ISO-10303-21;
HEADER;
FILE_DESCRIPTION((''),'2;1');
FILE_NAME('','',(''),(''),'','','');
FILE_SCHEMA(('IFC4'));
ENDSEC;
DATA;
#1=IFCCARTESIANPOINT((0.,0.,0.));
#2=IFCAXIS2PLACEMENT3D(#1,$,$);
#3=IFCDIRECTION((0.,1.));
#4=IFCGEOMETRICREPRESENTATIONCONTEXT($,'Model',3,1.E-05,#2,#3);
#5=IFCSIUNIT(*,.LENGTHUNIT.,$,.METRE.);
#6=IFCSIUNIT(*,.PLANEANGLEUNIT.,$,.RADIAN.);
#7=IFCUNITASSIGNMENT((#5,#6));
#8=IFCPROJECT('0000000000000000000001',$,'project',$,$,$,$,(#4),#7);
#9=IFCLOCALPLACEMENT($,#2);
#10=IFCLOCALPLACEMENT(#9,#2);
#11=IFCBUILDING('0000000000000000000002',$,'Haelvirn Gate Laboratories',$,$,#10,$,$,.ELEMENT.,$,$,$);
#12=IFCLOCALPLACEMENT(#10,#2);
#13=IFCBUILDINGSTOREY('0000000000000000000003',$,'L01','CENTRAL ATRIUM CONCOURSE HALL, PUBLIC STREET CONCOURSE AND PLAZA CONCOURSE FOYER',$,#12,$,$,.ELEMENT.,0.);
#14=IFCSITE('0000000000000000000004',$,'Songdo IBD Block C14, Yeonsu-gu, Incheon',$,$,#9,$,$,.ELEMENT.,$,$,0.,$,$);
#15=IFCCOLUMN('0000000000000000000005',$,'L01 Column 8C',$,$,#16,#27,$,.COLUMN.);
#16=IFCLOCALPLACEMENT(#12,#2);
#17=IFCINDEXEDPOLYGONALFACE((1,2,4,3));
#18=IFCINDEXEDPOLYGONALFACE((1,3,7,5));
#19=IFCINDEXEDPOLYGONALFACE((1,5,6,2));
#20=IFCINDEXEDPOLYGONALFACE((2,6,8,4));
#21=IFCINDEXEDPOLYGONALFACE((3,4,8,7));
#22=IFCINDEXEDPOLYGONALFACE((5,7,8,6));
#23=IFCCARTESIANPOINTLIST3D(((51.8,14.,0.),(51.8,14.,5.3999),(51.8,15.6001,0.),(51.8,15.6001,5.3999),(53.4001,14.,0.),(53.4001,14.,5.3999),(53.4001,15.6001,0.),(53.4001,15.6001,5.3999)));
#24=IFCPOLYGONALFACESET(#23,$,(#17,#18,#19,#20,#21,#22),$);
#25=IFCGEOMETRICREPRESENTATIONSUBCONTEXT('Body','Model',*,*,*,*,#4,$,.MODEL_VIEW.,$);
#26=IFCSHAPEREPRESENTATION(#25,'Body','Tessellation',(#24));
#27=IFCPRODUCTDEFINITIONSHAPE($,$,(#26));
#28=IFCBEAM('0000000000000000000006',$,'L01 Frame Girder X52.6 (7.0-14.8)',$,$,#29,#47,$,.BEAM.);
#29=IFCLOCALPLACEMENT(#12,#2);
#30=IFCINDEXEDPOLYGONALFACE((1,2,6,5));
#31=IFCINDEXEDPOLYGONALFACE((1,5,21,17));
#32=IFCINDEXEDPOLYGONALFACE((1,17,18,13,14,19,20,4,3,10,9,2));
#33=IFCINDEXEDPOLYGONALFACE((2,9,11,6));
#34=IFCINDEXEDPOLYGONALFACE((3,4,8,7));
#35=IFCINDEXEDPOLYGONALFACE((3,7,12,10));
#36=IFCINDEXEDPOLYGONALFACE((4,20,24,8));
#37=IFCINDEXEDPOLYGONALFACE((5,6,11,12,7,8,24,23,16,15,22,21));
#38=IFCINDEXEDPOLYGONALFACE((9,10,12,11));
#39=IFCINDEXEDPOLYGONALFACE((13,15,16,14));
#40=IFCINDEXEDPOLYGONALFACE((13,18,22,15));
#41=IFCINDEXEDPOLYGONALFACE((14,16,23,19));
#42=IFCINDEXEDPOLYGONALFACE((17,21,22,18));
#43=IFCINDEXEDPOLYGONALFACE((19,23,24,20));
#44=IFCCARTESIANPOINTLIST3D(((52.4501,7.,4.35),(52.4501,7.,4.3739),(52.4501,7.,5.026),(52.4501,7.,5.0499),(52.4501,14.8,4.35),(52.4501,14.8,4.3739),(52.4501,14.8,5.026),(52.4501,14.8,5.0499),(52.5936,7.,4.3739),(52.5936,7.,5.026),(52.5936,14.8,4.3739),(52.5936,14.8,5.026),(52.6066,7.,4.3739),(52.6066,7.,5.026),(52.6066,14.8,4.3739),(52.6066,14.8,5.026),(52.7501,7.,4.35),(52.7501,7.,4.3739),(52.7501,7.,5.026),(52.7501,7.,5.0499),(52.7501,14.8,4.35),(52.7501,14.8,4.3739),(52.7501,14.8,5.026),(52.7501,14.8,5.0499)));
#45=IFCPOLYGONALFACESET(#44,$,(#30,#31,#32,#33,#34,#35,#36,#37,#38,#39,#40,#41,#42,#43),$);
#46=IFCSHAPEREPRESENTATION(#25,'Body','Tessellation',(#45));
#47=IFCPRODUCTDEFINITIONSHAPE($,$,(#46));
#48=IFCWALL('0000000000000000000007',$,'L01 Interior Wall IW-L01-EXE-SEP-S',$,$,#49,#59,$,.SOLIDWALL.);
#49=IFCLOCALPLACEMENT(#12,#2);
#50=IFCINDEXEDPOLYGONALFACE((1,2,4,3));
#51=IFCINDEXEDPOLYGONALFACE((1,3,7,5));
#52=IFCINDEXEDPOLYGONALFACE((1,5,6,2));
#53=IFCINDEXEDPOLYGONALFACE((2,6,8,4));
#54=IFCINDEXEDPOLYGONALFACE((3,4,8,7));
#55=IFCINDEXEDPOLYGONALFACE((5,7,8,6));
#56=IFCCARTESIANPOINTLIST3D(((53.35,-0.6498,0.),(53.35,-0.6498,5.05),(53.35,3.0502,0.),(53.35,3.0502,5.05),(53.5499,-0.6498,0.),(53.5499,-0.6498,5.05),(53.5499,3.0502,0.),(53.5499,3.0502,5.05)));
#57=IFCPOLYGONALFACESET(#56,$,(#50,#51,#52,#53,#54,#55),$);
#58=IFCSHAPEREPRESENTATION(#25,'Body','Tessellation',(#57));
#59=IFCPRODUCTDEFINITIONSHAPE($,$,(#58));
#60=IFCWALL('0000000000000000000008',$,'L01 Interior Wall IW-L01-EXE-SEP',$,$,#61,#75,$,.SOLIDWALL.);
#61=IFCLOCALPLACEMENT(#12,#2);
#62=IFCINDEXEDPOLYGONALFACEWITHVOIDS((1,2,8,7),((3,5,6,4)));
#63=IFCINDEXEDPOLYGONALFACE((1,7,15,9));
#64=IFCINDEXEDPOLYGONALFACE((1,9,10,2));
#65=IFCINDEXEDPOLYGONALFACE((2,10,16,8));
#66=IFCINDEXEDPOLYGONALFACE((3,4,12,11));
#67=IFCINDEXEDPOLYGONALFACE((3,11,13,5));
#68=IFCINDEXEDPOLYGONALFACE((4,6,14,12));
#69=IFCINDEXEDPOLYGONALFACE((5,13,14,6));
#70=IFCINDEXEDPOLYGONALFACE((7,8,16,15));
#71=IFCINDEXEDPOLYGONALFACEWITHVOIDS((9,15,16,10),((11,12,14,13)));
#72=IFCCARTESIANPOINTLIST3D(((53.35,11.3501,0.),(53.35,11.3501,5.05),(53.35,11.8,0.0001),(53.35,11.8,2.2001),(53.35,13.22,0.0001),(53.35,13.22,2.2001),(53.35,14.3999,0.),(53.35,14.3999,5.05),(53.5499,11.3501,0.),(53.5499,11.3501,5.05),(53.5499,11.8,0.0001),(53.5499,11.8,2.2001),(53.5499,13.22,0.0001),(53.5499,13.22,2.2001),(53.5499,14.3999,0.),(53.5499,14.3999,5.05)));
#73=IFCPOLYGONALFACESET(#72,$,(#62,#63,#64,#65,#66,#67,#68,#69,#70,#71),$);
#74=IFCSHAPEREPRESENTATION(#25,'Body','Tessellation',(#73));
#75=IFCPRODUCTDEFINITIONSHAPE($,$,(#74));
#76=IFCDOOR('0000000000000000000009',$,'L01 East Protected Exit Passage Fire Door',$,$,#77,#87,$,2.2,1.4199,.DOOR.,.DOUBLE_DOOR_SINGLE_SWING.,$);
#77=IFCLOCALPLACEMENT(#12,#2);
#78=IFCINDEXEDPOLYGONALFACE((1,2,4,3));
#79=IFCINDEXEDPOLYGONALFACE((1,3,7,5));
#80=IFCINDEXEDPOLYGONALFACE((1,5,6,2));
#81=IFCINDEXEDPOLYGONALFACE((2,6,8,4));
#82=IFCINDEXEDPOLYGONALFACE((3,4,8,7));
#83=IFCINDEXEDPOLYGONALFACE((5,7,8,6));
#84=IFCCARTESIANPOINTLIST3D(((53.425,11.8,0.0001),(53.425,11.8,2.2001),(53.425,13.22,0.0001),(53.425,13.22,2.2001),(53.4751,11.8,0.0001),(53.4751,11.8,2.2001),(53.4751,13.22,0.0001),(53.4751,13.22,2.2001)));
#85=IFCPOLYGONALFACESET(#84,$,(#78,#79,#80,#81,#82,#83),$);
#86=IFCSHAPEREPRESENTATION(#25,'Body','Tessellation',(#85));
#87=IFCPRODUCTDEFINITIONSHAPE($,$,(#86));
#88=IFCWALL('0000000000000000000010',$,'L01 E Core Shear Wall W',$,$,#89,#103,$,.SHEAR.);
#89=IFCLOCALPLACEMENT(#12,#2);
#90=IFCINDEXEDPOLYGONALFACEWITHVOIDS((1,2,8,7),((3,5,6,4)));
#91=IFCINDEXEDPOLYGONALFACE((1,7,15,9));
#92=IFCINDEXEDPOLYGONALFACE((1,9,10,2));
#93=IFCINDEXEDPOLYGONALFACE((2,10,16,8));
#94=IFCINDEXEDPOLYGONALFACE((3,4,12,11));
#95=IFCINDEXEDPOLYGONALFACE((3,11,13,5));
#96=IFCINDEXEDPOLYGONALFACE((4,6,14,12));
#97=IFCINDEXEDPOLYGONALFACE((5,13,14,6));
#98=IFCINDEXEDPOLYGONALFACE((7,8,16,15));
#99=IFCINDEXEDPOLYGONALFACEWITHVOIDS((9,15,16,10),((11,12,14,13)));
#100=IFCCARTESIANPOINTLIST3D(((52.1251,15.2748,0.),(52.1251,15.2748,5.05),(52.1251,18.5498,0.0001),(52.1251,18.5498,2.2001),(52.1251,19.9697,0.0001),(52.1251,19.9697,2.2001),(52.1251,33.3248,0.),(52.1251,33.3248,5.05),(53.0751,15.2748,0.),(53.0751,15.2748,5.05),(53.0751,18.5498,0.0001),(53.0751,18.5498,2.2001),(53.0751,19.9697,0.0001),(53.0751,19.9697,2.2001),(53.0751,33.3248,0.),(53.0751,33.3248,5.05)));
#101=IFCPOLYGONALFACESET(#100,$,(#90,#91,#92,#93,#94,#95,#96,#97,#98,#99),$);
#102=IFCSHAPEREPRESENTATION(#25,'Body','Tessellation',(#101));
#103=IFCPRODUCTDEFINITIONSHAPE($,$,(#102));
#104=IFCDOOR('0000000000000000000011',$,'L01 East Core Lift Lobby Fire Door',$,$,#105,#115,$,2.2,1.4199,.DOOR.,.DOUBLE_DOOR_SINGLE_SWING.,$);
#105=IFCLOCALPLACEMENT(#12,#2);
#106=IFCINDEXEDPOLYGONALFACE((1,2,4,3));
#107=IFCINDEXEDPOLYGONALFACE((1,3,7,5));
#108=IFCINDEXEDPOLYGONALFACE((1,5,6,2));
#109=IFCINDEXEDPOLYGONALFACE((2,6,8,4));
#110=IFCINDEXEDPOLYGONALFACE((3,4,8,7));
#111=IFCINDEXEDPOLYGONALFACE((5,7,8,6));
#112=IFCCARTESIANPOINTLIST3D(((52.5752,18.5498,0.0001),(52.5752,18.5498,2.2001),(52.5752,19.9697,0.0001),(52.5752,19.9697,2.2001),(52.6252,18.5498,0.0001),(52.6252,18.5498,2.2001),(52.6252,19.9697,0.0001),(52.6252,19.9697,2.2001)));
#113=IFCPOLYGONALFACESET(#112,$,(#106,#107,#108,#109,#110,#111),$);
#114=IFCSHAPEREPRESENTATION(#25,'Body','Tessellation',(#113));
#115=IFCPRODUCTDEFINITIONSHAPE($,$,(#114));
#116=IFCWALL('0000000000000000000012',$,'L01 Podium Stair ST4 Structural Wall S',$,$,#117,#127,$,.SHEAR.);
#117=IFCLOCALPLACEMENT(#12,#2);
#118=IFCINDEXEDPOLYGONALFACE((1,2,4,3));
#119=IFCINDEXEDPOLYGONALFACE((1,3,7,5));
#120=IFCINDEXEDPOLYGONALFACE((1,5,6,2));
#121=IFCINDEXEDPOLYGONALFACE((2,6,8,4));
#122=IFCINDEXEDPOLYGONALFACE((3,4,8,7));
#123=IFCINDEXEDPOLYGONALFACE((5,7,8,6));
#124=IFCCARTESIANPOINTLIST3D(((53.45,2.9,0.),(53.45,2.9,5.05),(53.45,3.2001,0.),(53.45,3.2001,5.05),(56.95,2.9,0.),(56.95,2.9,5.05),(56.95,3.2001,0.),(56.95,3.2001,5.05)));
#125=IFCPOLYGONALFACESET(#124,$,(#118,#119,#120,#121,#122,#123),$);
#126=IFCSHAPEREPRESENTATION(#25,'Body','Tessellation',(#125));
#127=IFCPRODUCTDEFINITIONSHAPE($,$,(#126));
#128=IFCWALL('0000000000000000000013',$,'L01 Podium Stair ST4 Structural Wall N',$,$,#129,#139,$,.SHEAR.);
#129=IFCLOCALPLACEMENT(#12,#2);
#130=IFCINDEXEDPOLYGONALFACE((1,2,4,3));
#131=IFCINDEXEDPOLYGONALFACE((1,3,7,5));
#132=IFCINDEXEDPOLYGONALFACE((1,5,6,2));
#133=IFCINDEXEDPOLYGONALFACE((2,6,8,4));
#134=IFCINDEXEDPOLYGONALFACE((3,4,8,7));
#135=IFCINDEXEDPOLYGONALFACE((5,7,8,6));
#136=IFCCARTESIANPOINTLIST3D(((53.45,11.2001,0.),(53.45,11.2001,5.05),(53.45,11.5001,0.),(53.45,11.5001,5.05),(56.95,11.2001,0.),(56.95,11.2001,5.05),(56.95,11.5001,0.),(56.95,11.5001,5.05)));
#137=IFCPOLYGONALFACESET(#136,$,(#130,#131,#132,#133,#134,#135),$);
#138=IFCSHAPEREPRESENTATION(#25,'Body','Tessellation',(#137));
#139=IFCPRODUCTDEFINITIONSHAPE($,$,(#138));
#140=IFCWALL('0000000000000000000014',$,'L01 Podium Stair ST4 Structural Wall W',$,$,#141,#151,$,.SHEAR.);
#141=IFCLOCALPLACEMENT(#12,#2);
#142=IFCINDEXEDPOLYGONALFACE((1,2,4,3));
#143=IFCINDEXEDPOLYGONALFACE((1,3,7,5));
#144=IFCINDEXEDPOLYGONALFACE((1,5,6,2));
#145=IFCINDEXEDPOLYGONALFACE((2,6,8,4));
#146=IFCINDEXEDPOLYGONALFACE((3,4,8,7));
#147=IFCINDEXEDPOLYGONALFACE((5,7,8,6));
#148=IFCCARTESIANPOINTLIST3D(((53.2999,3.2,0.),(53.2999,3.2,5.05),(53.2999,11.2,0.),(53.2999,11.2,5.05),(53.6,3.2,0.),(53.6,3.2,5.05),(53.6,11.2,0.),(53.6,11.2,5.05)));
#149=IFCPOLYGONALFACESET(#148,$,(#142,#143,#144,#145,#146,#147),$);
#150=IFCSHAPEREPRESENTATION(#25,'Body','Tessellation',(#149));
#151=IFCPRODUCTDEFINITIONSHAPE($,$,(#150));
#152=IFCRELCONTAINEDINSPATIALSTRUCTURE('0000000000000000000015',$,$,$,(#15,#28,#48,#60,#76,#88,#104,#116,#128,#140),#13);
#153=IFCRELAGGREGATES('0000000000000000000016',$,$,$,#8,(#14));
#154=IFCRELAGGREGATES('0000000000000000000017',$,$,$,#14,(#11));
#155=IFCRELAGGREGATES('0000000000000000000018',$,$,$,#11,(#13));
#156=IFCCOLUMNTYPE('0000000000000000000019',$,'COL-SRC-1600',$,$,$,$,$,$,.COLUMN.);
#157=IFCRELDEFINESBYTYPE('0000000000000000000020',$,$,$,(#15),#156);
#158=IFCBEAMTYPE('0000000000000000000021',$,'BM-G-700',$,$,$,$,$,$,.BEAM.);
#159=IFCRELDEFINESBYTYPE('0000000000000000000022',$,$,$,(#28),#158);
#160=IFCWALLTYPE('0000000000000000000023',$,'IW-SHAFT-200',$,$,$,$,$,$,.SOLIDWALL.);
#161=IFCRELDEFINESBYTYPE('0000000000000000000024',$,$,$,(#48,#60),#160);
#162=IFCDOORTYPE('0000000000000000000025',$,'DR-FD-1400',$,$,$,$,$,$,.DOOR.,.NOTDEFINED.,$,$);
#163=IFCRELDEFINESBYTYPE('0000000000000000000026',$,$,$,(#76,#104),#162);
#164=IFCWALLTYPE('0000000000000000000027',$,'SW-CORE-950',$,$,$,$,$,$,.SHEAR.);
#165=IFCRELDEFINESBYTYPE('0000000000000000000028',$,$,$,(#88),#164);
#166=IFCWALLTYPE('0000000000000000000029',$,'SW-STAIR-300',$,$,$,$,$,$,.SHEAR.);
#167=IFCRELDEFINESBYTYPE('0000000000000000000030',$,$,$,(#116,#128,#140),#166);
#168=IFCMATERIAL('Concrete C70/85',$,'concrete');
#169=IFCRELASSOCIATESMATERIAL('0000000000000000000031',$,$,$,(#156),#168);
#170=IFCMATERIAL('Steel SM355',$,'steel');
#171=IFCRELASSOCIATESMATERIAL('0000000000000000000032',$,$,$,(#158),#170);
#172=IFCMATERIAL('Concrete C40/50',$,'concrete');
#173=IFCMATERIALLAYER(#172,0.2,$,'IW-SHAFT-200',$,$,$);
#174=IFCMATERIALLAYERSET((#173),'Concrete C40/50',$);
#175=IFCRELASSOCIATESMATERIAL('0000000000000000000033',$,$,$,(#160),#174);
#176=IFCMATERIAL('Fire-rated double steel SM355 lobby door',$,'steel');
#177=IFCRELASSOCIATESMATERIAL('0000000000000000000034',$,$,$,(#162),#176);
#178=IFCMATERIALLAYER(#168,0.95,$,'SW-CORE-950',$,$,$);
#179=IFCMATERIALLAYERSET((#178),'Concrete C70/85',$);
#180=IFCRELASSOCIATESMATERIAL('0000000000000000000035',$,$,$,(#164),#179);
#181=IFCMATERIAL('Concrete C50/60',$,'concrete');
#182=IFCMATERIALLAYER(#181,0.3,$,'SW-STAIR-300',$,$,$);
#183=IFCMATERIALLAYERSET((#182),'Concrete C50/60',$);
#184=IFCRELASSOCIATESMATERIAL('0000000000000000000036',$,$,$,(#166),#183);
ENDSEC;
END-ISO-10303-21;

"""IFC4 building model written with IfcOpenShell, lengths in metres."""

from ifc_helpers import new_model, si_unit, direction, frame, frame_2d, origin, origin_2d, place, context, subcontext, project, spatial, rectangle, i_section, extrude, source, transform, mapped, material, layer, layer_set, material_profile, profile_set, type_object, type_shapes, element, fill, save


model = new_model("IFC4")

# Units and contexts
model_context = context("Model", 3, precision=1e-05, world=origin(), true_north=direction((0.0, 1.0)))
body_context = subcontext(model_context, "Body", "Model", "MODEL_VIEW")
ifc_project = project(units=[si_unit("LENGTHUNIT", "METRE"), si_unit("PLANEANGLEUNIT", "RADIAN")], contexts=[model_context])

# Site, building, storey
site_placement = place(None, origin())
site = spatial("IfcSite", under=ifc_project, at=site_placement, Name="Songdo IBD Block C14, Yeonsu-gu, Incheon", CompositionType="ELEMENT", RefElevation=0.0)
building_placement = place(site_placement, origin())
building = spatial("IfcBuilding", under=site, at=building_placement, Name="Haelvirn Gate Laboratories", CompositionType="ELEMENT")
storey_placement = place(building_placement, origin())
storey = spatial("IfcBuildingStorey", under=building, at=storey_placement, Name="L01", Description="CENTRAL ATRIUM CONCOURSE HALL, PUBLIC STREET CONCOURSE AND PLAZA CONCOURSE FOYER", CompositionType="ELEMENT", Elevation=0.0)

# Column
ifc_material_1 = material(Name="Concrete C70/85", Category="concrete")
ifc_material_profile_1 = material_profile(ifc_material_1, rectangle(XDim=1.6001, YDim=1.6001, at=origin_2d()), Name="SRC-1600x1600")
ifc_profile_set_1 = profile_set([ifc_material_profile_1], Name="Concrete C70/85")
column_type = type_object("IfcColumnType", Name="COL-SRC-1600", PredefinedType="COLUMN", material=ifc_profile_set_1)
shared_shape_1 = source(origin(), body_context, "Body", "SweptSolid", [
    extrude(rectangle(XDim=1.6001, YDim=1.6001, at=origin_2d()), origin(), (0.0, 0.0, 1.0), 5.3999),
])
type_shapes(column_type, [shared_shape_1])
column_placement = place(storey_placement, frame((52.6001, 14.8, 0.0), z_axis=(0.0, 0.0, 1.0), x_axis=(1.0, 0.0, 0.0)))
element("IfcColumn", 1, at=column_placement, inside=storey, type_object=column_type, Name="L01 Column 8C", PredefinedType="COLUMN", context=body_context, shape_type="MappedRepresentation", body=[
    mapped(shared_shape_1, transform((0.0, 0.0, 0.0), scale=1.0)),
])

# Beam
ifc_material_2 = material(Name="Steel SM355", Category="steel")
ifc_material_profile_2 = material_profile(ifc_material_2, i_section(OverallWidth=0.3, OverallDepth=0.7, WebThickness=0.0129, FlangeThickness=0.0239, at=origin_2d()), Name="H-700x300x13x24")
ifc_profile_set_2 = profile_set([ifc_material_profile_2], Name="Steel SM355")
beam_type = type_object("IfcBeamType", Name="BM-G-700", PredefinedType="BEAM", material=ifc_profile_set_2)
shared_shape_2 = source(origin(), body_context, "Body", "SweptSolid", [
    extrude(i_section(OverallWidth=0.3, OverallDepth=0.7, WebThickness=0.0129, FlangeThickness=0.0239, at=origin_2d()), origin(), (0.0, 0.0, 1.0), 7.8),
])
type_shapes(beam_type, [shared_shape_2])
beam_placement = place(storey_placement, frame((52.6001, 7.0, 4.7), z_axis=(0.0, 1.0, 0.0), x_axis=(-1.0, 0.0, 0.0)))
element("IfcBeam", 2, at=beam_placement, inside=storey, type_object=beam_type, Name="L01 Frame Girder X52.6 (7.0-14.8)", PredefinedType="BEAM", context=body_context, shape_type="MappedRepresentation", body=[
    mapped(shared_shape_2, transform((0.0, 0.0, 0.0), scale=1.0)),
])

# Wall
ifc_material_3 = material(Name="Concrete C40/50", Category="concrete")
ifc_layer_1 = layer(ifc_material_3, 0.2, Name="IW-SHAFT-200")
ifc_layer_set_1 = layer_set([ifc_layer_1], Name="Concrete C40/50")
wall_type_1 = type_object("IfcWallType", Name="IW-SHAFT-200", PredefinedType="SOLIDWALL", material=ifc_layer_set_1)
wall_1_placement = place(storey_placement, frame((53.45, -0.6499, 0.0), z_axis=(0.0, 0.0, 1.0), x_axis=(0.0, 1.0, 0.0)))
element("IfcWall", 3, at=wall_1_placement, inside=storey, type_object=wall_type_1, Name="L01 Interior Wall IW-L01-EXE-SEP-S", PredefinedType="SOLIDWALL", context=body_context, shape_type="SweptSolid", body=[
    extrude(rectangle(XDim=3.7, YDim=0.2, at=frame_2d((1.8501, 0.0))), origin(), (0.0, 0.0, 1.0), 5.05),
])

# Walls, openings, doors
wall_2_placement = place(storey_placement, frame((53.45, 11.3501, 0.0), z_axis=(0.0, 0.0, 1.0), x_axis=(0.0, 1.0, 0.0)))
wall_2 = element("IfcWall", 4, at=wall_2_placement, inside=storey, type_object=wall_type_1, Name="L01 Interior Wall IW-L01-EXE-SEP", PredefinedType="SOLIDWALL", context=body_context, shape_type="SweptSolid", body=[
    extrude(rectangle(XDim=3.0498, YDim=0.2, at=frame_2d((1.5249, 0.0))), origin(), (0.0, 0.0, 1.0), 5.05),
])
opening_1_placement = place(wall_2_placement, frame((0.45, 0.0, 0.0)))
opening_1 = element("IfcOpeningElement", 5, at=opening_1_placement, cuts=wall_2, PredefinedType="OPENING", context=body_context, shape_type="SweptSolid", body=[
    extrude(rectangle(XDim=1.4199, YDim=2.2, at=frame_2d((0.71, 1.1001))), frame((0.0, 0.1099, 0.0), z_axis=(0.0, -1.0, 0.0), x_axis=(1.0, 0.0, 0.0)), (0.0, 0.0, 1.0), 0.22),
])
ifc_material_4 = material(Name="Fire-rated double steel SM355 lobby door", Category="steel")
door_type = type_object("IfcDoorType", Name="DR-FD-1400", OperationType="NOTDEFINED", PredefinedType="DOOR", material=ifc_material_4)
shared_shape_3 = source(origin(), body_context, "Body", "SweptSolid", [
    extrude(rectangle(XDim=1.4199, YDim=2.2, at=frame_2d((0.71, 1.1001))), frame((0.0, 0.0249, 0.0), z_axis=(0.0, -1.0, 0.0), x_axis=(1.0, 0.0, 0.0)), (0.0, 0.0, 1.0), 0.05),
])
type_shapes(door_type, [shared_shape_3])
door_1_placement = place(opening_1_placement, origin())
door_1 = element("IfcDoor", 6, at=door_1_placement, inside=storey, type_object=door_type, Name="L01 East Protected Exit Passage Fire Door", OperationType="DOUBLE_DOOR_SINGLE_SWING", OverallHeight=2.2, OverallWidth=1.4199, PredefinedType="DOOR", context=body_context, shape_type="MappedRepresentation", body=[
    mapped(shared_shape_3, transform((0.0, 0.0, 0.0), scale=1.0)),
])
fill(opening_1, door_1)
ifc_layer_2 = layer(ifc_material_1, 0.95, Name="SW-CORE-950")
ifc_layer_set_2 = layer_set([ifc_layer_2], Name="Concrete C70/85")
wall_type_2 = type_object("IfcWallType", Name="SW-CORE-950", PredefinedType="SHEAR", material=ifc_layer_set_2)
wall_3_placement = place(storey_placement, frame((52.6001, 15.2749, 0.0), z_axis=(0.0, 0.0, 1.0), x_axis=(0.0, 1.0, 0.0)))
wall_3 = element("IfcWall", 7, at=wall_3_placement, inside=storey, type_object=wall_type_2, Name="L01 E Core Shear Wall W", PredefinedType="SHEAR", context=body_context, shape_type="SweptSolid", body=[
    extrude(rectangle(XDim=18.05, YDim=0.95, at=frame_2d((9.0249, 0.0))), origin(), (0.0, 0.0, 1.0), 5.05),
])
opening_2_placement = place(wall_3_placement, frame((3.2749, 0.0, 0.0)))
opening_2 = element("IfcOpeningElement", 8, at=opening_2_placement, cuts=wall_3, PredefinedType="OPENING", context=body_context, shape_type="SweptSolid", body=[
    extrude(rectangle(XDim=1.4199, YDim=2.2, at=frame_2d((0.71, 1.1001))), frame((0.0, 0.4849, 0.0), z_axis=(0.0, -1.0, 0.0), x_axis=(1.0, 0.0, 0.0)), (0.0, 0.0, 1.0), 0.97),
])
door_2_placement = place(opening_2_placement, origin())
door_2 = element("IfcDoor", 9, at=door_2_placement, inside=storey, type_object=door_type, Name="L01 East Core Lift Lobby Fire Door", OperationType="DOUBLE_DOOR_SINGLE_SWING", OverallHeight=2.2, OverallWidth=1.4199, PredefinedType="DOOR", context=body_context, shape_type="MappedRepresentation", body=[
    mapped(shared_shape_3, transform((0.0, 0.0, 0.0), scale=1.0)),
])
fill(opening_2, door_2)

# Walls
ifc_material_5 = material(Name="Concrete C50/60", Category="concrete")
ifc_layer_3 = layer(ifc_material_5, 0.3, Name="SW-STAIR-300")
ifc_layer_set_3 = layer_set([ifc_layer_3], Name="Concrete C50/60")
wall_type_3 = type_object("IfcWallType", Name="SW-STAIR-300", PredefinedType="SHEAR", material=ifc_layer_set_3)
for number, where, z_axis, x_axis, name in (
    (10, (53.45, 3.05, 0.0), (0.0, 0.0, 1.0), (1.0, 0.0, 0.0), "L01 Podium Stair ST4 Structural Wall S"),
    (11, (53.45, 11.3501, 0.0), (0.0, 0.0, 1.0), (1.0, 0.0, 0.0), "L01 Podium Stair ST4 Structural Wall N"),
):
    element("IfcWall", number, at=place(storey_placement, frame(where, z_axis=z_axis, x_axis=x_axis)), inside=storey, type_object=wall_type_3, Name=name, PredefinedType="SHEAR", context=body_context, shape_type="SweptSolid", body=[
        extrude(rectangle(XDim=3.5, YDim=0.3, at=frame_2d((1.75, 0.0))), origin(), (0.0, 0.0, 1.0), 5.05),
    ])
wall_4_placement = place(storey_placement, frame((53.45, 3.2, 0.0), z_axis=(0.0, 0.0, 1.0), x_axis=(0.0, 1.0, 0.0)))
element("IfcWall", 12, at=wall_4_placement, inside=storey, type_object=wall_type_3, Name="L01 Podium Stair ST4 Structural Wall W", PredefinedType="SHEAR", context=body_context, shape_type="SweptSolid", body=[
    extrude(rectangle(XDim=8.0, YDim=0.3, at=frame_2d((4.0, 0.0))), origin(), (0.0, 0.0, 1.0), 5.05),
])

save(model, "model.ifc")
